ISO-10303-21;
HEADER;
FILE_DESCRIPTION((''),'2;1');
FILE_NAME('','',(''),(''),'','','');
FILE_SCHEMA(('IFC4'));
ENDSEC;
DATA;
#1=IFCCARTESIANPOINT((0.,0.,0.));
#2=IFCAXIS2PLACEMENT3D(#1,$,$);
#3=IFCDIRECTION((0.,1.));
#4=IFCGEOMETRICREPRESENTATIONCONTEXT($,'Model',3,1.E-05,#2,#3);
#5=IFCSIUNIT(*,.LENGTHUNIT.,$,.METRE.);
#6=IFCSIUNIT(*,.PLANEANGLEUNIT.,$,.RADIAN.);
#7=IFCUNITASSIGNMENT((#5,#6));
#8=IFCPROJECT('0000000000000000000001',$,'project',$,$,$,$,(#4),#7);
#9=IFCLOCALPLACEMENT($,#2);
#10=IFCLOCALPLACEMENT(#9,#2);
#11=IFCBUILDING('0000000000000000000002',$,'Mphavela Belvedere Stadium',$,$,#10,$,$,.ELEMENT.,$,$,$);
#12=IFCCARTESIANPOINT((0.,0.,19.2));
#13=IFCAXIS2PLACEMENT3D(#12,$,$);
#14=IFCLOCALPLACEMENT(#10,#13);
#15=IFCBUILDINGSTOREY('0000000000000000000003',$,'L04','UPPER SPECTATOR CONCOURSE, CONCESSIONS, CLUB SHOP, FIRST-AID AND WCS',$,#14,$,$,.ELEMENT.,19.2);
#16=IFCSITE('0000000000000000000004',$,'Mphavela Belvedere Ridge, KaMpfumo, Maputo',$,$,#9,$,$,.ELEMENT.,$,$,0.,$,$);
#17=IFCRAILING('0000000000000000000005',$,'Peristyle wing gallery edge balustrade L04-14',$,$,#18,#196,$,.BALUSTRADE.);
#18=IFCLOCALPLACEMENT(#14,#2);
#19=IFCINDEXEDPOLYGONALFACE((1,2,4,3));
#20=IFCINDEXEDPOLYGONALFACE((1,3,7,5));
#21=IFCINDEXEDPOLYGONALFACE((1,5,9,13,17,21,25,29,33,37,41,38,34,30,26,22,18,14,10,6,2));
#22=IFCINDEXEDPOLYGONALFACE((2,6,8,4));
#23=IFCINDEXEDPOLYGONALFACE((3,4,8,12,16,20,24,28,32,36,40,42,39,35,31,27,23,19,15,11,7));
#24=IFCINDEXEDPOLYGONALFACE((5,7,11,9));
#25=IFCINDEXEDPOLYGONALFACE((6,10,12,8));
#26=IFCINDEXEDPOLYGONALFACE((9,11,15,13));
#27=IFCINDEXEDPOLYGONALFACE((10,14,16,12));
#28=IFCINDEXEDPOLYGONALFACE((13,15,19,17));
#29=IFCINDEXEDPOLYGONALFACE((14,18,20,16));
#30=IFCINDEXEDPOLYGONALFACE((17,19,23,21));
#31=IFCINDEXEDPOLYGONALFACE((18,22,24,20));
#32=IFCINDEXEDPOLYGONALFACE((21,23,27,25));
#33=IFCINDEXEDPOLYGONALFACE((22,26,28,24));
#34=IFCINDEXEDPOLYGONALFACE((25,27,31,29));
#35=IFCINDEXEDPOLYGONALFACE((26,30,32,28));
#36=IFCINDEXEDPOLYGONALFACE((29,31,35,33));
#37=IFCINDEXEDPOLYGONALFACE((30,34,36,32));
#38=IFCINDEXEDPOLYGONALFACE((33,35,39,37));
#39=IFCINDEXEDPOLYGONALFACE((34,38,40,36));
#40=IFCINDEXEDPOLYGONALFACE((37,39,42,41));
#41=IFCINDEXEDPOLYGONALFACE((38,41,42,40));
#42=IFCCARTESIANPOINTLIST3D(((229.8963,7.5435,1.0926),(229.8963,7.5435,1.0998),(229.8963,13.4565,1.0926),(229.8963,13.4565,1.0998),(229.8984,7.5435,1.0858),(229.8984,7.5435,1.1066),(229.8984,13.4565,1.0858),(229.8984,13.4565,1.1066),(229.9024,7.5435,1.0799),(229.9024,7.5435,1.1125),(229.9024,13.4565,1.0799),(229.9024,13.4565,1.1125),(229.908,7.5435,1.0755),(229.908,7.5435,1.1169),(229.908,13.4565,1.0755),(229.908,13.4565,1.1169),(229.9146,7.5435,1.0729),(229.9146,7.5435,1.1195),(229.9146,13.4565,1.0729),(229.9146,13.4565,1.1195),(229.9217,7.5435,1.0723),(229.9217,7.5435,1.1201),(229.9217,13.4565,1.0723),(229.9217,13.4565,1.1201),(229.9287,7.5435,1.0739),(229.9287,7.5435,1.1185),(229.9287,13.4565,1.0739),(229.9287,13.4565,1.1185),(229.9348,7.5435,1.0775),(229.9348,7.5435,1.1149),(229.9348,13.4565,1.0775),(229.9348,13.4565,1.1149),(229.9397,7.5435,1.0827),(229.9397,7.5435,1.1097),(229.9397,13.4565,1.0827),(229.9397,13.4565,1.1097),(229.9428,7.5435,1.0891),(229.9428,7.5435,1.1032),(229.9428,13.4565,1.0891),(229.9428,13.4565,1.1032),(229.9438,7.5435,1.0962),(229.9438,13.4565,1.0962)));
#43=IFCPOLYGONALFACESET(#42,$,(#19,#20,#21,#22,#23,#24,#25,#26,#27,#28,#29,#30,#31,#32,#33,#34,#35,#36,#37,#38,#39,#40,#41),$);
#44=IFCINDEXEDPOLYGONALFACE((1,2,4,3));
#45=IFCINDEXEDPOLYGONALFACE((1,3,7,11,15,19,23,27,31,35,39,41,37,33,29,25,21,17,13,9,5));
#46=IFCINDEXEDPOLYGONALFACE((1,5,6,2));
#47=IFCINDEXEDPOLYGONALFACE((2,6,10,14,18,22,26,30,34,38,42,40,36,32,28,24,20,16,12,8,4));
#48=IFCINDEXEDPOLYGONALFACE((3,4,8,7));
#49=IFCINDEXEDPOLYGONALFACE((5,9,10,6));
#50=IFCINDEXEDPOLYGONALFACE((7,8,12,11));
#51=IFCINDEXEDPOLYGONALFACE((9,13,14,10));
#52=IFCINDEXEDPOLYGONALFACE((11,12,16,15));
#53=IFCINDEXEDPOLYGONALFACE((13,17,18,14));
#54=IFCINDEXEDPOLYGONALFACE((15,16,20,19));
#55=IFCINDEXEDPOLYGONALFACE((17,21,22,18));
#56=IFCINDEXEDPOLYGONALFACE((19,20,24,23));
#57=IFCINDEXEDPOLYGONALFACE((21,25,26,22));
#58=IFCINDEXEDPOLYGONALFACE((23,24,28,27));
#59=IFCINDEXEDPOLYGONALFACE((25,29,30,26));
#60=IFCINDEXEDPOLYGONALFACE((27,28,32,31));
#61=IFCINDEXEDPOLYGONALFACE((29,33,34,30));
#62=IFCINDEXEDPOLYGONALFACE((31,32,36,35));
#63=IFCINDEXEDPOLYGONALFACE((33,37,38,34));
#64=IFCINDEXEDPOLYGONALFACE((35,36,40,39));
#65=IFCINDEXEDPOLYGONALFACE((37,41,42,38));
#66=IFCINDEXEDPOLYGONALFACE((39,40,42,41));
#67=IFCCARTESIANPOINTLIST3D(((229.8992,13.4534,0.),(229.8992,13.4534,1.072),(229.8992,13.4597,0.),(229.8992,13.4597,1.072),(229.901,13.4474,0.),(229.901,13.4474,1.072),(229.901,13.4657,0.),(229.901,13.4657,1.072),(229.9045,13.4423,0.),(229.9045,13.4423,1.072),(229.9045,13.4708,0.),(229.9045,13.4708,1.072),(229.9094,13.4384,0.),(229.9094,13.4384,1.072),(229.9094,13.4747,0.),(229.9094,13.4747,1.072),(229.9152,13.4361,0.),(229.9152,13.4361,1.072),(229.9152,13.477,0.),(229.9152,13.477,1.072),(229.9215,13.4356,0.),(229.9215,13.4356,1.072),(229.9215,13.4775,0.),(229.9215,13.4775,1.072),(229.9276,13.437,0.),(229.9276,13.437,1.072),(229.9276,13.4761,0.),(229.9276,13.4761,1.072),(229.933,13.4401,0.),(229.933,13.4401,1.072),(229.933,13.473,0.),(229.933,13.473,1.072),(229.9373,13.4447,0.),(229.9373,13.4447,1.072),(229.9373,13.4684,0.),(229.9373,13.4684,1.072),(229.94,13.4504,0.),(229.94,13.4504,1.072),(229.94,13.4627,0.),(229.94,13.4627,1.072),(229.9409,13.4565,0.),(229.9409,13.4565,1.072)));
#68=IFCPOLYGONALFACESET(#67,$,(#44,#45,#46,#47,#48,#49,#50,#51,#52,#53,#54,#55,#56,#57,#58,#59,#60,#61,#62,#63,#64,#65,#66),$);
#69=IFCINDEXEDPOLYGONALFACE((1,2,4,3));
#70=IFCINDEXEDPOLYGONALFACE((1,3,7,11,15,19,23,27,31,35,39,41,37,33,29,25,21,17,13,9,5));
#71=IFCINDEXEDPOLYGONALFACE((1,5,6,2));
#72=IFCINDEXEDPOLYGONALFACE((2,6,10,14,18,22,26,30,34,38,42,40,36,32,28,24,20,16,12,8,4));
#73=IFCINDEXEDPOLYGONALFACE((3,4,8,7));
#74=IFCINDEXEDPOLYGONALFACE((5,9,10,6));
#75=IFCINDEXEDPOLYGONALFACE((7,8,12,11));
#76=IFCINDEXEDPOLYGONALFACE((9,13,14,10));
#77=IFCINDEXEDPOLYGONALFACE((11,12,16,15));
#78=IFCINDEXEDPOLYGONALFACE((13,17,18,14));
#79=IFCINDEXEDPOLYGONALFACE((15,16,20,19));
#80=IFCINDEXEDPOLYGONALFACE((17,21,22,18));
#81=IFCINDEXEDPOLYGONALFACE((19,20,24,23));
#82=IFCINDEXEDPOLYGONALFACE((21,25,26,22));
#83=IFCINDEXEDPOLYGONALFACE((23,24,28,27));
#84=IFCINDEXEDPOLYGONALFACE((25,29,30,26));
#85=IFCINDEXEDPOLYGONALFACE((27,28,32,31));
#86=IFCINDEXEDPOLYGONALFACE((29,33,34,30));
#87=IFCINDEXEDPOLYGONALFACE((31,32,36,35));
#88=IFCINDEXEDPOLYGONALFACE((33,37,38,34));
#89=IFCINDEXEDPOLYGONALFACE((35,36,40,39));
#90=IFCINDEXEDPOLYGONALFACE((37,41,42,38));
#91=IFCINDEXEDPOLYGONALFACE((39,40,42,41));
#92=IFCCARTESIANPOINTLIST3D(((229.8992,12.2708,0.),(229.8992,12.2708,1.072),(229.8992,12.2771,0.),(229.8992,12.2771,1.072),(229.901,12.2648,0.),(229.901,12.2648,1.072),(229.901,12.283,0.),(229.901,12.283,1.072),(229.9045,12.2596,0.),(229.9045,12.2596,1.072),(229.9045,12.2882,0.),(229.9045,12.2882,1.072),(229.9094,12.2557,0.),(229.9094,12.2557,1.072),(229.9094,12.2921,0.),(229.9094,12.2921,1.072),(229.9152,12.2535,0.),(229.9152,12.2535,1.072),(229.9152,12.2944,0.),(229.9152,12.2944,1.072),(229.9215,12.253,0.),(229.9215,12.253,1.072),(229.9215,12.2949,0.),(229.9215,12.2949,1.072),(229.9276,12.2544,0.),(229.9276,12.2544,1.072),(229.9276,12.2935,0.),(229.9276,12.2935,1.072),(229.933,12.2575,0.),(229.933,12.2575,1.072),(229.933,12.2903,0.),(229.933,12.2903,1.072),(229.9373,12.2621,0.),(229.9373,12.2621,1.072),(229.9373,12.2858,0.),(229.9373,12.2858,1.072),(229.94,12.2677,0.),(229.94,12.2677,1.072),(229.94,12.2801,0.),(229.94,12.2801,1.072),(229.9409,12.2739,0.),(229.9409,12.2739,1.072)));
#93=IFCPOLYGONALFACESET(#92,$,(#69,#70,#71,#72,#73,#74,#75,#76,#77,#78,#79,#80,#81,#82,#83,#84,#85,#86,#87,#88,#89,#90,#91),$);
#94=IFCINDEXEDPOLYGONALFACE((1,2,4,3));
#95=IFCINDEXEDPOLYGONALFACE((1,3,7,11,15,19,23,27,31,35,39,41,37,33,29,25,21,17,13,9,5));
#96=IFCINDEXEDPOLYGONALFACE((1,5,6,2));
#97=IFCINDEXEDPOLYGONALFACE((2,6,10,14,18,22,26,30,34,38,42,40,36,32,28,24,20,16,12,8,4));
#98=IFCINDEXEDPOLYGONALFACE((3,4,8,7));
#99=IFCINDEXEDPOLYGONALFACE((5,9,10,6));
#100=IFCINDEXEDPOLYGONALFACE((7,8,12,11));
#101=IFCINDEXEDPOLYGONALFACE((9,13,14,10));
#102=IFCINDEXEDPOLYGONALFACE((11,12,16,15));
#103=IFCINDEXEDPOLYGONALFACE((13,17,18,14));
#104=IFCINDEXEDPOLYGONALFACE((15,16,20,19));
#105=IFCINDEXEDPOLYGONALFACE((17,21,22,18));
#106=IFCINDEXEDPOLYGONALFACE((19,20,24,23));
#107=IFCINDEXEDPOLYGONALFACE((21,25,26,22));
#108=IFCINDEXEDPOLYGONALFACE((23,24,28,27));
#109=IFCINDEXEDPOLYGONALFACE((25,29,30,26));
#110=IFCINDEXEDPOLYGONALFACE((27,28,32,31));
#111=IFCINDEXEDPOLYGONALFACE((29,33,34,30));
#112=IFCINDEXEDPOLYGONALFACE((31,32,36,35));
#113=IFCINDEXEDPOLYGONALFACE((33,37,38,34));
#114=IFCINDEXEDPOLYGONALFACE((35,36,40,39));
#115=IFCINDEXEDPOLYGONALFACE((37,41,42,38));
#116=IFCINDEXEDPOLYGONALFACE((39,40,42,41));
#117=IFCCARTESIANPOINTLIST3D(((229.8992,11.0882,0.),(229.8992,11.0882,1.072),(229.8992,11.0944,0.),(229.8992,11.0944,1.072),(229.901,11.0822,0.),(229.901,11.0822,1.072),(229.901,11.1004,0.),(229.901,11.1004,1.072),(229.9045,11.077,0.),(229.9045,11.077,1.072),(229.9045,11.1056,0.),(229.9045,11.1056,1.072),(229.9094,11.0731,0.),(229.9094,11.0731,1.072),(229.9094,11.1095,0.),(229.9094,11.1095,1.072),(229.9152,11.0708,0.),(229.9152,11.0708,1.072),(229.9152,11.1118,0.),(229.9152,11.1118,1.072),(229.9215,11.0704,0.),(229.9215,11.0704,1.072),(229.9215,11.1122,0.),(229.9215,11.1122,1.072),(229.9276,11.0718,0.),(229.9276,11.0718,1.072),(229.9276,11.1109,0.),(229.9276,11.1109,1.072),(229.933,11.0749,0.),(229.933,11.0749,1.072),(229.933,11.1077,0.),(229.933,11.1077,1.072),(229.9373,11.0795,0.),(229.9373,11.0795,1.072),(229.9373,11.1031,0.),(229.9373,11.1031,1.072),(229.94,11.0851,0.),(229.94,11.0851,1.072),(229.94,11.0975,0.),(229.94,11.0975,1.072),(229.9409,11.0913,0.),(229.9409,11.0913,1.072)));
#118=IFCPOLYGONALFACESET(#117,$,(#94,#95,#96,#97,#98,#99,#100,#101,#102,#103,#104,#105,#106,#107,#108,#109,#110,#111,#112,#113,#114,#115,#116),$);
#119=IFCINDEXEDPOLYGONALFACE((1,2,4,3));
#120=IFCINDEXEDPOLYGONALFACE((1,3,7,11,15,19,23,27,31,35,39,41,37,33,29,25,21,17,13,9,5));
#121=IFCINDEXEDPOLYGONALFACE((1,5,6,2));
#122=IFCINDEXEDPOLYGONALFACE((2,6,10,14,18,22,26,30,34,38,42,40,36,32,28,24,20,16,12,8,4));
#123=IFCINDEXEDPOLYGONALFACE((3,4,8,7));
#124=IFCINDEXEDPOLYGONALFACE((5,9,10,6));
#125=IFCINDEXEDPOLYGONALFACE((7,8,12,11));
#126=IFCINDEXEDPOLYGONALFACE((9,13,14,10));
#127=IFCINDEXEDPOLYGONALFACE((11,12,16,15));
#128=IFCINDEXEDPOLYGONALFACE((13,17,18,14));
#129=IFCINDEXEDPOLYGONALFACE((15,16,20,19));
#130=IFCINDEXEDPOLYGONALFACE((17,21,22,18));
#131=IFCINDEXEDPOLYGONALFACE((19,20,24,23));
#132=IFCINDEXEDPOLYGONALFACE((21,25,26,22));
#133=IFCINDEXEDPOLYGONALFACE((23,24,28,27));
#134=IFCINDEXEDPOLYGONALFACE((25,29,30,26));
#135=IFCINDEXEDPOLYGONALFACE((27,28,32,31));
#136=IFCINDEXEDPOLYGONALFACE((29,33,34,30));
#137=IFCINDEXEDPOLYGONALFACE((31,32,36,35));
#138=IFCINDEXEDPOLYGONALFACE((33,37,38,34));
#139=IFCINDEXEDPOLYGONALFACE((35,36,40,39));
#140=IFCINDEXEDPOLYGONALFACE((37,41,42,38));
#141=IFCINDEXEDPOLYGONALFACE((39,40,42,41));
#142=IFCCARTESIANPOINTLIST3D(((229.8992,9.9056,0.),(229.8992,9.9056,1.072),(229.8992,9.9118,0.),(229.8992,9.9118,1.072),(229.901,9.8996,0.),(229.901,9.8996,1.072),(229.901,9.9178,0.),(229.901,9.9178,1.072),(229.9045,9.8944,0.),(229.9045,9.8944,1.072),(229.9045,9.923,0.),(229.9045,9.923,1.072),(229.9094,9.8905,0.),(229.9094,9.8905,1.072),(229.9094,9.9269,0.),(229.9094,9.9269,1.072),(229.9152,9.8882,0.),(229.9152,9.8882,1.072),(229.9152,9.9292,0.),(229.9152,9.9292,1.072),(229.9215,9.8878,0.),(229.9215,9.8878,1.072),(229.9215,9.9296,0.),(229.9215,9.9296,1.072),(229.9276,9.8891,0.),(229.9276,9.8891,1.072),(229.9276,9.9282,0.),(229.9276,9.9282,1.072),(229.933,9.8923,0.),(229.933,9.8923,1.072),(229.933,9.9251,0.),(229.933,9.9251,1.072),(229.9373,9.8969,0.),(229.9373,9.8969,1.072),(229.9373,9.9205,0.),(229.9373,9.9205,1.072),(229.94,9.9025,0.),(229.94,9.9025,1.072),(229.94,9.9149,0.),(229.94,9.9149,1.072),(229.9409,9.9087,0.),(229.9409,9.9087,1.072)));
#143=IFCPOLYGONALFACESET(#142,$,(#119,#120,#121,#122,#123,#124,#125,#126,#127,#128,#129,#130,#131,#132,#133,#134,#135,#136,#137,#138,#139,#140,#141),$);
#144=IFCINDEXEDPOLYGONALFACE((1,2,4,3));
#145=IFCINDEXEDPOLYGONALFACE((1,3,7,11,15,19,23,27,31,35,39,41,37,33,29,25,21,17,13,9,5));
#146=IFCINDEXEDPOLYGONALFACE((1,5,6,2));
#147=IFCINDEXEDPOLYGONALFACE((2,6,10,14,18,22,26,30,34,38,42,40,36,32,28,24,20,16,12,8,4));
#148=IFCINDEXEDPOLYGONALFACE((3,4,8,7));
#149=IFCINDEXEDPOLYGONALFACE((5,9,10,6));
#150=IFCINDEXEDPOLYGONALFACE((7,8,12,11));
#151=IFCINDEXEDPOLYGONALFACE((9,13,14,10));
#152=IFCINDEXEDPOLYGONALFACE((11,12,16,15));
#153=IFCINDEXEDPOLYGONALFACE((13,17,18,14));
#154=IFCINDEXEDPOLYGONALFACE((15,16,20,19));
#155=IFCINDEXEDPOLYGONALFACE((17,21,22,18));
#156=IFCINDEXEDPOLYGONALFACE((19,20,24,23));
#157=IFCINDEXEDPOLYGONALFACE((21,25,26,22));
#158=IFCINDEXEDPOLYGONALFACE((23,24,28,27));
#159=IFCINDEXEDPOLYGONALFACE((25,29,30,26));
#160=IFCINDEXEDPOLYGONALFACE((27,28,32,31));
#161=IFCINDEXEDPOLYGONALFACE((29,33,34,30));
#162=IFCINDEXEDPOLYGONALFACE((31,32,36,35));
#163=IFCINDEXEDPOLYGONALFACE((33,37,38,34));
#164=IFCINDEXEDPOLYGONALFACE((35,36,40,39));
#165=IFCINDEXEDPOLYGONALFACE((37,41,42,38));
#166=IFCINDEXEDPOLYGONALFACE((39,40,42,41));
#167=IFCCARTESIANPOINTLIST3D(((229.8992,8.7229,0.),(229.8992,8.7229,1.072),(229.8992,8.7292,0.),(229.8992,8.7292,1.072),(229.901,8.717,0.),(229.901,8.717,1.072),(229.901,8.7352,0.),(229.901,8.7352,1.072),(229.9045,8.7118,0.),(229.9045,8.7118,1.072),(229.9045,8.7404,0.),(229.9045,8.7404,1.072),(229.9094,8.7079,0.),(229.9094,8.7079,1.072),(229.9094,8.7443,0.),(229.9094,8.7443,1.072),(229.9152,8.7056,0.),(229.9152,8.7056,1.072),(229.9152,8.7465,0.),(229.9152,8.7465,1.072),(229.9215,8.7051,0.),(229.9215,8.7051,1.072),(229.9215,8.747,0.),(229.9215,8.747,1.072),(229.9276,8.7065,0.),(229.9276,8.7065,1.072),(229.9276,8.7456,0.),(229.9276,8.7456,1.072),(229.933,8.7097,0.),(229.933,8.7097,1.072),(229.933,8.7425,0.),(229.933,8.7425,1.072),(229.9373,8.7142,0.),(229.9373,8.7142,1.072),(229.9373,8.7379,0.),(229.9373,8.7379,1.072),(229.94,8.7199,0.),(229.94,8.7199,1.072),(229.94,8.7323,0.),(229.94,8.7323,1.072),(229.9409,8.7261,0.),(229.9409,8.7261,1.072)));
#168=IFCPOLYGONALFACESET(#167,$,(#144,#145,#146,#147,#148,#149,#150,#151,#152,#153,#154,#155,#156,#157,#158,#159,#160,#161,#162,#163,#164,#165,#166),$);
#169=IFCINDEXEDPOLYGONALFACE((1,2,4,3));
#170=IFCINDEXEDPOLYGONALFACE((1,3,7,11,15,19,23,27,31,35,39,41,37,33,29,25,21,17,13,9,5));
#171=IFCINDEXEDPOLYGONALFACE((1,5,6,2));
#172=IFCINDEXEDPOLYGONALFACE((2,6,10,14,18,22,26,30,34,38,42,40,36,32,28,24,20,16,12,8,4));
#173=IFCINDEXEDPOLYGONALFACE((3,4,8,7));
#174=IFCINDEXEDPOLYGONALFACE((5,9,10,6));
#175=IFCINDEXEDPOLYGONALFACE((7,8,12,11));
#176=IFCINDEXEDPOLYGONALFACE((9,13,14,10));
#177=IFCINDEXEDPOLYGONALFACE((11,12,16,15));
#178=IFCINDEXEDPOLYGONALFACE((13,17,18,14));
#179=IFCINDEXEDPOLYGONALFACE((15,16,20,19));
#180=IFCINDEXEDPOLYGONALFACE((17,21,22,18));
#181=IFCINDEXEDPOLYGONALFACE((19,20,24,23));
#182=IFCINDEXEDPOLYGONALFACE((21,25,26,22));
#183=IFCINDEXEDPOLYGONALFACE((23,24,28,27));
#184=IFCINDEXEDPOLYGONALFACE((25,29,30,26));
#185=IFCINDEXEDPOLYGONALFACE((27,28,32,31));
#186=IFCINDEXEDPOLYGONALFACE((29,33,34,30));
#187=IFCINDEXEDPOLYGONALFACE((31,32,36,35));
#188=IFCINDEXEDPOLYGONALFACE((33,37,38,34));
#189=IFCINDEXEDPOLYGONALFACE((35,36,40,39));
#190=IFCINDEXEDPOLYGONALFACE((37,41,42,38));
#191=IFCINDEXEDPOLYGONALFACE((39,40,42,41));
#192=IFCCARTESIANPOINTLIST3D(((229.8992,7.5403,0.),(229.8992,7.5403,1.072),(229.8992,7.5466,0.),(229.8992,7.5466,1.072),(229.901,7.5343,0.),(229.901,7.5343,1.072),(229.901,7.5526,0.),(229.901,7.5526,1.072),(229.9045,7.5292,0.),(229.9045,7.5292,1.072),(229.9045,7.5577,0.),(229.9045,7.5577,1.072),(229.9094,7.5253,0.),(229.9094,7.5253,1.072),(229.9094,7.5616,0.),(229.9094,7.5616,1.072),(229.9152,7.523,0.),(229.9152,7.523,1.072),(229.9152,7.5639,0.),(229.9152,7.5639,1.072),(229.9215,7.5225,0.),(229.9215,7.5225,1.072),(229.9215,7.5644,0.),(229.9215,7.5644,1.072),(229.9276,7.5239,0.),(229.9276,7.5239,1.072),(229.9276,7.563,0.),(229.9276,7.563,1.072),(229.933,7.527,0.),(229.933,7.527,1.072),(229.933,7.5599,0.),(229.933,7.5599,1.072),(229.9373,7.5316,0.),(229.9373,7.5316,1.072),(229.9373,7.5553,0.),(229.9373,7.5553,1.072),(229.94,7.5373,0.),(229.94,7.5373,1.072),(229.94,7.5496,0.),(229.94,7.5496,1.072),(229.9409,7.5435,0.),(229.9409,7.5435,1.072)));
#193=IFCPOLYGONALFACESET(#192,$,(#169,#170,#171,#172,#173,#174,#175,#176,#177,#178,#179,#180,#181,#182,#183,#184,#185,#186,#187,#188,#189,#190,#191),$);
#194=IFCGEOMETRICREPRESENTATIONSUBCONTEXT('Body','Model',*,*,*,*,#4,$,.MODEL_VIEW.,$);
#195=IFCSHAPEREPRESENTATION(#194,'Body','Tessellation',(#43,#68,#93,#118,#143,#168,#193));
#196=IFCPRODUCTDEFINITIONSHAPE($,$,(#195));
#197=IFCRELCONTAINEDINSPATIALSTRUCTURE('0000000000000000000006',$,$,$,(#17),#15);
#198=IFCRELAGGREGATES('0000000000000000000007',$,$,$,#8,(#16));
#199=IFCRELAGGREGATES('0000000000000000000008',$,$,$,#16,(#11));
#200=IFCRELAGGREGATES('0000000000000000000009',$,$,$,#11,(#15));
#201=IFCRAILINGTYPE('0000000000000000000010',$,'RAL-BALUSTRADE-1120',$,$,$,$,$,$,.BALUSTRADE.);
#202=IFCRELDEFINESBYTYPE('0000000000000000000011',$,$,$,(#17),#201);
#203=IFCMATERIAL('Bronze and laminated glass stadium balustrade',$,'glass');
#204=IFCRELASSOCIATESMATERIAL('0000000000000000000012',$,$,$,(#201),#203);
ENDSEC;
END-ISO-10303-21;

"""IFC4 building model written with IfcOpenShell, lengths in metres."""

from ifc_helpers import new_model, si_unit, direction, frame, origin, origin_2d, place, context, subcontext, project, spatial, circle, extrude, material, type_object, element, save


model = new_model("IFC4")

# Units and contexts
model_context = context("Model", 3, precision=1e-05, world=origin(), true_north=direction((0.0, 1.0)))
body_context = subcontext(model_context, "Body", "Model", "MODEL_VIEW")
ifc_project = project(units=[si_unit("LENGTHUNIT", "METRE"), si_unit("PLANEANGLEUNIT", "RADIAN")], contexts=[model_context])

# Site, building, storey
site_placement = place(None, origin())
site = spatial("IfcSite", under=ifc_project, at=site_placement, Name="Mphavela Belvedere Ridge, KaMpfumo, Maputo", CompositionType="ELEMENT", RefElevation=0.0)
building_placement = place(site_placement, origin())
building = spatial("IfcBuilding", under=site, at=building_placement, Name="Mphavela Belvedere Stadium", CompositionType="ELEMENT")
storey_placement = place(building_placement, frame((0.0, 0.0, 19.2)))
storey = spatial("IfcBuildingStorey", under=building, at=storey_placement, Name="L04", Description="UPPER SPECTATOR CONCOURSE, CONCESSIONS, CLUB SHOP, FIRST-AID AND WCS", CompositionType="ELEMENT", Elevation=19.2)

# Railing
ifc_material_1 = material(Name="Bronze and laminated glass stadium balustrade", Category="glass")
railing_type = type_object("IfcRailingType", Name="RAL-BALUSTRADE-1120", PredefinedType="BALUSTRADE", material=ifc_material_1)
for number, where, name in (
    (1, (229.9199, 13.4565, 0.0), "Peristyle wing gallery edge balustrade L04-14"),
):
    element("IfcRailing", number, at=place(storey_placement, frame(where)), inside=storey, type_object=railing_type, Name=name, PredefinedType="BALUSTRADE", context=body_context, shape_type="SweptSolid", body=[
        extrude(circle(Radius=0.0239, at=origin_2d()), frame((0.0, 0.0, 1.0962), z_axis=(0.0, -1.0, 0.0), x_axis=(1.0, 0.0, 0.0)), (0.0, 0.0, 1.0), 5.9131),
        extrude(circle(Radius=0.021, at=origin_2d()), origin(), (0.0, 0.0, 1.0), 1.072),
        extrude(circle(Radius=0.021, at=origin_2d()), frame((0.0, -1.1826, 0.0)), (0.0, 0.0, 1.0), 1.072),
        extrude(circle(Radius=0.021, at=origin_2d()), frame((0.0, -2.3652, 0.0)), (0.0, 0.0, 1.0), 1.072),
        extrude(circle(Radius=0.021, at=origin_2d()), frame((0.0, -3.5479, 0.0)), (0.0, 0.0, 1.0), 1.072),
        extrude(circle(Radius=0.021, at=origin_2d()), frame((0.0, -4.7305, 0.0)), (0.0, 0.0, 1.0), 1.072),
        extrude(circle(Radius=0.021, at=origin_2d()), frame((0.0, -5.9131, 0.0)), (0.0, 0.0, 1.0), 1.072),
    ])

save(model, "model.ifc")
